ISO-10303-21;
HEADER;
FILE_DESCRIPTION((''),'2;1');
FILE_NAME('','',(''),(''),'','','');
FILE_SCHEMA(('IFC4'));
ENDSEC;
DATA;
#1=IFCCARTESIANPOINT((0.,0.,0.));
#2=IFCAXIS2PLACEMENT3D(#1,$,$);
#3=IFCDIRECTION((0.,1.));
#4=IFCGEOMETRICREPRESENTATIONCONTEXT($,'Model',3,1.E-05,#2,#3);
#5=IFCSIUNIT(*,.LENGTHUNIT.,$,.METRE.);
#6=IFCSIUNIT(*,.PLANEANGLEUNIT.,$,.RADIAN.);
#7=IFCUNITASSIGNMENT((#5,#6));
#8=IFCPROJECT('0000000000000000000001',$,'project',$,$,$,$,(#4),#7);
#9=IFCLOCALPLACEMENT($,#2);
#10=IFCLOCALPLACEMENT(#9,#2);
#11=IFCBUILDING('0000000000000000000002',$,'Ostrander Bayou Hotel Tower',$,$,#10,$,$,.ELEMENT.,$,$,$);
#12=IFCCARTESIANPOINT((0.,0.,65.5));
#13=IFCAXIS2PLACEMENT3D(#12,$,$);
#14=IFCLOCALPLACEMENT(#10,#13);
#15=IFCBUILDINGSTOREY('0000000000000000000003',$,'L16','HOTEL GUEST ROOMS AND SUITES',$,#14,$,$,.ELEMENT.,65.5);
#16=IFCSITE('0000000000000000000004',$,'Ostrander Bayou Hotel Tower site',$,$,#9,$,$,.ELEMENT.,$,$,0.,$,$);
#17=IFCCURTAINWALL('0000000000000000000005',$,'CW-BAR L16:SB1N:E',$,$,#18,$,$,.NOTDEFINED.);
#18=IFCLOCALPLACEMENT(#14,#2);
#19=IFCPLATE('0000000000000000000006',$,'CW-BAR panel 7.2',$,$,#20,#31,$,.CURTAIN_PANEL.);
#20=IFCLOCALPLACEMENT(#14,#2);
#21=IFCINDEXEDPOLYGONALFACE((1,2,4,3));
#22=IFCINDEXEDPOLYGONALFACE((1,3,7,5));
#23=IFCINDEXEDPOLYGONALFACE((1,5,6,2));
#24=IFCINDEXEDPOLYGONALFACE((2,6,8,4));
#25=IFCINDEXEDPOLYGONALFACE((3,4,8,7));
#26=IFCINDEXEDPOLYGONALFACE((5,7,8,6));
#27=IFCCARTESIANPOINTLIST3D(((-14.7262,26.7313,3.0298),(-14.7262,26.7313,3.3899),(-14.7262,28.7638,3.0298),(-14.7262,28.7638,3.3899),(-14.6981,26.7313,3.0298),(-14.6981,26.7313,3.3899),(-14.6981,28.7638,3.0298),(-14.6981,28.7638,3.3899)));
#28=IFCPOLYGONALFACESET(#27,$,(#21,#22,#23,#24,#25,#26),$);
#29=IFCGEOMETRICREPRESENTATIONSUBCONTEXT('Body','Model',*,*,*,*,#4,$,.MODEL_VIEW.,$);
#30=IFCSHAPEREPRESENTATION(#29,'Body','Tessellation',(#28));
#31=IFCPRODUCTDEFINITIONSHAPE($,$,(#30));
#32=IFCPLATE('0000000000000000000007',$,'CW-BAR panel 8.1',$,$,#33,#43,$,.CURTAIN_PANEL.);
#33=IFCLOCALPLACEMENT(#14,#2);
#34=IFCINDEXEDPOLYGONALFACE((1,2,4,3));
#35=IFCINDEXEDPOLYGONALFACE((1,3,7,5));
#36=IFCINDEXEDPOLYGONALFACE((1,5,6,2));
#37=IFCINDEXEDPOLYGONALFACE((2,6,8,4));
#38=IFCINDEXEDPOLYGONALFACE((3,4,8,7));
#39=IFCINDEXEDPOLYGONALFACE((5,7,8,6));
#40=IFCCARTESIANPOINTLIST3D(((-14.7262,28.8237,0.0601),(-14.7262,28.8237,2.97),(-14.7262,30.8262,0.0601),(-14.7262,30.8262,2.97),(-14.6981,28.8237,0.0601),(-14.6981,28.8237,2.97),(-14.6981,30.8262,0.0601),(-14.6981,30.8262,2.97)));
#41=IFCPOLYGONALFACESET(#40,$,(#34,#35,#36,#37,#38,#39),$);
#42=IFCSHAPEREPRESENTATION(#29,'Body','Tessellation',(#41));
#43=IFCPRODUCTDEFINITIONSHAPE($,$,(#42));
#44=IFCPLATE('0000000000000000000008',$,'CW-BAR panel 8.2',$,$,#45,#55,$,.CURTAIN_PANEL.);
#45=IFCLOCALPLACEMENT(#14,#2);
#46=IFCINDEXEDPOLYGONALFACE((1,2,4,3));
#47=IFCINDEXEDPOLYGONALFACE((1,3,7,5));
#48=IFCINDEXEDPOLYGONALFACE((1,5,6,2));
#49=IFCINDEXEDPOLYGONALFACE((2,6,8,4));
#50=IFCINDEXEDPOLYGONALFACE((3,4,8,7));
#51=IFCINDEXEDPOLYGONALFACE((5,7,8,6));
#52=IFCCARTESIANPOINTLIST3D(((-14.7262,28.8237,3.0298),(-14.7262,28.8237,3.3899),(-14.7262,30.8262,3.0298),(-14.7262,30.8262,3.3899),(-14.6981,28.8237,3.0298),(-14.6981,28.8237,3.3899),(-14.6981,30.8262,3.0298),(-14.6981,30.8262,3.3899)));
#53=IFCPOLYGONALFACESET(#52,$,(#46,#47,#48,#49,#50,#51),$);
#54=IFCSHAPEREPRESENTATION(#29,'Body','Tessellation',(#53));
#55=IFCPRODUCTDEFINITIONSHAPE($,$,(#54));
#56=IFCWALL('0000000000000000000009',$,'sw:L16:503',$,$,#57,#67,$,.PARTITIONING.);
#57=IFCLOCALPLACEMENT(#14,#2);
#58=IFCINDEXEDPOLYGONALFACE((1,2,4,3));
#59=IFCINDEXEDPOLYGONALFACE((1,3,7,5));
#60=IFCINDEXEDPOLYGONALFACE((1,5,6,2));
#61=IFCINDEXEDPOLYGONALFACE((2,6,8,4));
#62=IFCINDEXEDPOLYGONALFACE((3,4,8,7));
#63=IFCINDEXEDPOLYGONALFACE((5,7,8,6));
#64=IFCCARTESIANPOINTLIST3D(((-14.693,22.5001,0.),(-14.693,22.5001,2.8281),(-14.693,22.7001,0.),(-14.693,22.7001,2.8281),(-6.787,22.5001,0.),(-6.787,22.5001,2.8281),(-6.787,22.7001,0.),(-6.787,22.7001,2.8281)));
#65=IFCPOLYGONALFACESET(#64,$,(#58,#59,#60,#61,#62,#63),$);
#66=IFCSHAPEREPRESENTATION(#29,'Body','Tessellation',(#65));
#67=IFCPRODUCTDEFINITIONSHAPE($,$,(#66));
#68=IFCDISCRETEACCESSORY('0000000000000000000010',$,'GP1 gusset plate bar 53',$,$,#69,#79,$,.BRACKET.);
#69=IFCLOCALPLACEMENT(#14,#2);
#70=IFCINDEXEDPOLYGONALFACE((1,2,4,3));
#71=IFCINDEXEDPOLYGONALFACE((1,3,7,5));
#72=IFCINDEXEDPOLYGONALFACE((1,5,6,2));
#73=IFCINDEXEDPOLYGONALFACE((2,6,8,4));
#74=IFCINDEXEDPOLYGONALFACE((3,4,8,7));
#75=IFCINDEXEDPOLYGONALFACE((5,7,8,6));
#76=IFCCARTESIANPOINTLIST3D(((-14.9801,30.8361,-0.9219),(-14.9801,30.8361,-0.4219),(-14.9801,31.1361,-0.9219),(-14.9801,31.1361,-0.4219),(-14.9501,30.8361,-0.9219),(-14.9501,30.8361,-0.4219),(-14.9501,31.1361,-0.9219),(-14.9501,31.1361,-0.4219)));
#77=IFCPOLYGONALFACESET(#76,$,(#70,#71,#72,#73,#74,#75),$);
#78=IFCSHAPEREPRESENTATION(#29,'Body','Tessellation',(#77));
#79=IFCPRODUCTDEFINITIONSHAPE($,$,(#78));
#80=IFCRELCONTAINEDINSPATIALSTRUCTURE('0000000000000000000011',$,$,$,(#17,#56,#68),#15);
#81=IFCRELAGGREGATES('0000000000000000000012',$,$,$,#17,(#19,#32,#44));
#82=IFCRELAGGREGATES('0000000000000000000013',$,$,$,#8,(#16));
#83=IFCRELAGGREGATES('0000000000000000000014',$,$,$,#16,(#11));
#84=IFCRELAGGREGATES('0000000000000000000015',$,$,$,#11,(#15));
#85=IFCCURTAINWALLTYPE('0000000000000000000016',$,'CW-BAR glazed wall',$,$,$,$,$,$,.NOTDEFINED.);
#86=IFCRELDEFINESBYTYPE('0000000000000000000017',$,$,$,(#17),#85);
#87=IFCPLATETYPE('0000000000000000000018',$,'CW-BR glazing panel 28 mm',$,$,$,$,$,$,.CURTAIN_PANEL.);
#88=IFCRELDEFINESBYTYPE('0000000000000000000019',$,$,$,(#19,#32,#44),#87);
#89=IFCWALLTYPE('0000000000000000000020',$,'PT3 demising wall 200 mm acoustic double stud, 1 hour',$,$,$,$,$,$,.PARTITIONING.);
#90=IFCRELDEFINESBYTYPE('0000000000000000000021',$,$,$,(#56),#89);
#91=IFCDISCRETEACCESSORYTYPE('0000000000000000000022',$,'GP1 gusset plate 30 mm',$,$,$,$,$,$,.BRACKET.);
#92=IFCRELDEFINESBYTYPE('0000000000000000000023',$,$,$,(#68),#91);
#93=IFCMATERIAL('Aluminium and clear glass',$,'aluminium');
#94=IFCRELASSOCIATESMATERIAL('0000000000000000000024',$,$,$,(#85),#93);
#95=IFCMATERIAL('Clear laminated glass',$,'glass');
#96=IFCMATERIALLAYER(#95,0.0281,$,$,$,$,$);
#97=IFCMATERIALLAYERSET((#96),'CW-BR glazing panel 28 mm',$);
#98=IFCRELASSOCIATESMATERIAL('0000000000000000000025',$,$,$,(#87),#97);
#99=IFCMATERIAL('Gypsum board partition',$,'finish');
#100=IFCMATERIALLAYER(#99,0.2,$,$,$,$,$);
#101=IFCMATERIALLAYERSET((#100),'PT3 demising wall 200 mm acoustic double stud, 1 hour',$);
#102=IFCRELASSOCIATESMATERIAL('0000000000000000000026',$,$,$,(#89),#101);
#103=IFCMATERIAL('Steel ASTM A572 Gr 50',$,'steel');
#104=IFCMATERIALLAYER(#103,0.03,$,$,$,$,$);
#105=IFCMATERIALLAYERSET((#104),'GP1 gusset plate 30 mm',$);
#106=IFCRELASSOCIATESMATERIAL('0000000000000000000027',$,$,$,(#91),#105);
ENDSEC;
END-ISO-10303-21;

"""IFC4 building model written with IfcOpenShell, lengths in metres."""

from ifc_helpers import new_model, si_unit, direction, frame, frame_2d, origin, origin_2d, place, context, subcontext, project, spatial, rectangle, extrude, material, layer, layer_set, type_object, element, aggregate, save


model = new_model("IFC4")

# Units and contexts
model_context = context("Model", 3, precision=1e-05, world=origin(), true_north=direction((0.0, 1.0)))
body_context = subcontext(model_context, "Body", "Model", "MODEL_VIEW")
ifc_project = project(units=[si_unit("LENGTHUNIT", "METRE"), si_unit("PLANEANGLEUNIT", "RADIAN")], contexts=[model_context])

# Site, building, storey
site_placement = place(None, origin())
site = spatial("IfcSite", under=ifc_project, at=site_placement, Name="Ostrander Bayou Hotel Tower site", CompositionType="ELEMENT", RefElevation=0.0)
building_placement = place(site_placement, origin())
building = spatial("IfcBuilding", under=site, at=building_placement, Name="Ostrander Bayou Hotel Tower", CompositionType="ELEMENT")
storey_placement = place(building_placement, frame((0.0, 0.0, 65.5)))
storey = spatial("IfcBuildingStorey", under=building, at=storey_placement, Name="L16", Description="HOTEL GUEST ROOMS AND SUITES", CompositionType="ELEMENT", Elevation=65.5)

# Curtain wall
ifc_material_1 = material(Name="Aluminium and clear glass", Category="aluminium")
curtain_wall_type = type_object("IfcCurtainWallType", Name="CW-BAR glazed wall", PredefinedType="NOTDEFINED", material=ifc_material_1)
curtain_wall_1_placement = place(storey_placement, origin())
curtain_wall_1 = element("IfcCurtainWall", 1, at=curtain_wall_1_placement, inside=storey, type_object=curtain_wall_type, Name="CW-BAR L16:SB1N:E", PredefinedType="NOTDEFINED")

# Plates
ifc_material_2 = material(Name="Clear laminated glass", Category="glass")
ifc_layer_1 = layer(ifc_material_2, 0.0281)
ifc_layer_set_1 = layer_set([ifc_layer_1], Name="CW-BR glazing panel 28 mm")
plate_type = type_object("IfcPlateType", Name="CW-BR glazing panel 28 mm", PredefinedType="CURTAIN_PANEL", material=ifc_layer_set_1)
plate_1_placement = place(storey_placement, frame((-14.7122, 27.7476, 3.0298), z_axis=(0.0, 0.0, 1.0), x_axis=(0.0, 1.0, 0.0)))
plate_1 = element("IfcPlate", 2, at=plate_1_placement, type_object=plate_type, Name="CW-BAR panel 7.2", PredefinedType="CURTAIN_PANEL", context=body_context, shape_type="SweptSolid", body=[
    extrude(rectangle(XDim=2.0325, YDim=0.0281, at=origin_2d()), origin(), (0.0, 0.0, 1.0), 0.3601),
])
plate_2_placement = place(storey_placement, frame((-14.7122, 29.825, 0.0601), z_axis=(0.0, 0.0, 1.0), x_axis=(0.0, 1.0, 0.0)))
plate_2 = element("IfcPlate", 3, at=plate_2_placement, type_object=plate_type, Name="CW-BAR panel 8.1", PredefinedType="CURTAIN_PANEL", context=body_context, shape_type="SweptSolid", body=[
    extrude(rectangle(XDim=2.0024, YDim=0.0281, at=origin_2d()), origin(), (0.0, 0.0, 1.0), 2.9099),
])
plate_3_placement = place(storey_placement, frame((-14.7122, 29.825, 3.0298), z_axis=(0.0, 0.0, 1.0), x_axis=(0.0, 1.0, 0.0)))
plate_3 = element("IfcPlate", 4, at=plate_3_placement, type_object=plate_type, Name="CW-BAR panel 8.2", PredefinedType="CURTAIN_PANEL", context=body_context, shape_type="SweptSolid", body=[
    extrude(rectangle(XDim=2.0024, YDim=0.0281, at=origin_2d()), origin(), (0.0, 0.0, 1.0), 0.3601),
])
aggregate(curtain_wall_1, [plate_1, plate_2, plate_3])

# Wall
ifc_material_3 = material(Name="Gypsum board partition", Category="finish")
ifc_layer_2 = layer(ifc_material_3, 0.2)
ifc_layer_set_2 = layer_set([ifc_layer_2], Name="PT3 demising wall 200 mm acoustic double stud, 1 hour")
wall_type = type_object("IfcWallType", Name="PT3 demising wall 200 mm acoustic double stud, 1 hour", PredefinedType="PARTITIONING", material=ifc_layer_set_2)
wall_placement = place(storey_placement, frame((-14.6931, 22.6001, 0.0), z_axis=(0.0, 0.0, 1.0), x_axis=(1.0, 0.0, 0.0)))
element("IfcWall", 5, at=wall_placement, inside=storey, type_object=wall_type, Name="sw:L16:503", PredefinedType="PARTITIONING", context=body_context, shape_type="SweptSolid", body=[
    extrude(rectangle(XDim=7.906, YDim=0.2, at=frame_2d((3.9531, 0.0))), origin(), (0.0, 0.0, 1.0), 2.8281),
])

# Discrete accessory
ifc_material_4 = material(Name="Steel ASTM A572 Gr 50", Category="steel")
ifc_layer_3 = layer(ifc_material_4, 0.03)
ifc_layer_set_3 = layer_set([ifc_layer_3], Name="GP1 gusset plate 30 mm")
discrete_accessory_type = type_object("IfcDiscreteAccessoryType", Name="GP1 gusset plate 30 mm", PredefinedType="BRACKET", material=ifc_layer_set_3)
discrete_accessory_placement = place(storey_placement, frame((-14.9651, 30.9861, -0.9219), z_axis=(0.0, 0.0, 1.0), x_axis=(0.0, -1.0, 0.0)))
element("IfcDiscreteAccessory", 6, at=discrete_accessory_placement, inside=storey, type_object=discrete_accessory_type, Name="GP1 gusset plate bar 53", PredefinedType="BRACKET", context=body_context, shape_type="SweptSolid", body=[
    extrude(rectangle(XDim=0.3, YDim=0.03, at=origin_2d()), origin(), (0.0, 0.0, 1.0), 0.5),
])

save(model, "model.ifc")
